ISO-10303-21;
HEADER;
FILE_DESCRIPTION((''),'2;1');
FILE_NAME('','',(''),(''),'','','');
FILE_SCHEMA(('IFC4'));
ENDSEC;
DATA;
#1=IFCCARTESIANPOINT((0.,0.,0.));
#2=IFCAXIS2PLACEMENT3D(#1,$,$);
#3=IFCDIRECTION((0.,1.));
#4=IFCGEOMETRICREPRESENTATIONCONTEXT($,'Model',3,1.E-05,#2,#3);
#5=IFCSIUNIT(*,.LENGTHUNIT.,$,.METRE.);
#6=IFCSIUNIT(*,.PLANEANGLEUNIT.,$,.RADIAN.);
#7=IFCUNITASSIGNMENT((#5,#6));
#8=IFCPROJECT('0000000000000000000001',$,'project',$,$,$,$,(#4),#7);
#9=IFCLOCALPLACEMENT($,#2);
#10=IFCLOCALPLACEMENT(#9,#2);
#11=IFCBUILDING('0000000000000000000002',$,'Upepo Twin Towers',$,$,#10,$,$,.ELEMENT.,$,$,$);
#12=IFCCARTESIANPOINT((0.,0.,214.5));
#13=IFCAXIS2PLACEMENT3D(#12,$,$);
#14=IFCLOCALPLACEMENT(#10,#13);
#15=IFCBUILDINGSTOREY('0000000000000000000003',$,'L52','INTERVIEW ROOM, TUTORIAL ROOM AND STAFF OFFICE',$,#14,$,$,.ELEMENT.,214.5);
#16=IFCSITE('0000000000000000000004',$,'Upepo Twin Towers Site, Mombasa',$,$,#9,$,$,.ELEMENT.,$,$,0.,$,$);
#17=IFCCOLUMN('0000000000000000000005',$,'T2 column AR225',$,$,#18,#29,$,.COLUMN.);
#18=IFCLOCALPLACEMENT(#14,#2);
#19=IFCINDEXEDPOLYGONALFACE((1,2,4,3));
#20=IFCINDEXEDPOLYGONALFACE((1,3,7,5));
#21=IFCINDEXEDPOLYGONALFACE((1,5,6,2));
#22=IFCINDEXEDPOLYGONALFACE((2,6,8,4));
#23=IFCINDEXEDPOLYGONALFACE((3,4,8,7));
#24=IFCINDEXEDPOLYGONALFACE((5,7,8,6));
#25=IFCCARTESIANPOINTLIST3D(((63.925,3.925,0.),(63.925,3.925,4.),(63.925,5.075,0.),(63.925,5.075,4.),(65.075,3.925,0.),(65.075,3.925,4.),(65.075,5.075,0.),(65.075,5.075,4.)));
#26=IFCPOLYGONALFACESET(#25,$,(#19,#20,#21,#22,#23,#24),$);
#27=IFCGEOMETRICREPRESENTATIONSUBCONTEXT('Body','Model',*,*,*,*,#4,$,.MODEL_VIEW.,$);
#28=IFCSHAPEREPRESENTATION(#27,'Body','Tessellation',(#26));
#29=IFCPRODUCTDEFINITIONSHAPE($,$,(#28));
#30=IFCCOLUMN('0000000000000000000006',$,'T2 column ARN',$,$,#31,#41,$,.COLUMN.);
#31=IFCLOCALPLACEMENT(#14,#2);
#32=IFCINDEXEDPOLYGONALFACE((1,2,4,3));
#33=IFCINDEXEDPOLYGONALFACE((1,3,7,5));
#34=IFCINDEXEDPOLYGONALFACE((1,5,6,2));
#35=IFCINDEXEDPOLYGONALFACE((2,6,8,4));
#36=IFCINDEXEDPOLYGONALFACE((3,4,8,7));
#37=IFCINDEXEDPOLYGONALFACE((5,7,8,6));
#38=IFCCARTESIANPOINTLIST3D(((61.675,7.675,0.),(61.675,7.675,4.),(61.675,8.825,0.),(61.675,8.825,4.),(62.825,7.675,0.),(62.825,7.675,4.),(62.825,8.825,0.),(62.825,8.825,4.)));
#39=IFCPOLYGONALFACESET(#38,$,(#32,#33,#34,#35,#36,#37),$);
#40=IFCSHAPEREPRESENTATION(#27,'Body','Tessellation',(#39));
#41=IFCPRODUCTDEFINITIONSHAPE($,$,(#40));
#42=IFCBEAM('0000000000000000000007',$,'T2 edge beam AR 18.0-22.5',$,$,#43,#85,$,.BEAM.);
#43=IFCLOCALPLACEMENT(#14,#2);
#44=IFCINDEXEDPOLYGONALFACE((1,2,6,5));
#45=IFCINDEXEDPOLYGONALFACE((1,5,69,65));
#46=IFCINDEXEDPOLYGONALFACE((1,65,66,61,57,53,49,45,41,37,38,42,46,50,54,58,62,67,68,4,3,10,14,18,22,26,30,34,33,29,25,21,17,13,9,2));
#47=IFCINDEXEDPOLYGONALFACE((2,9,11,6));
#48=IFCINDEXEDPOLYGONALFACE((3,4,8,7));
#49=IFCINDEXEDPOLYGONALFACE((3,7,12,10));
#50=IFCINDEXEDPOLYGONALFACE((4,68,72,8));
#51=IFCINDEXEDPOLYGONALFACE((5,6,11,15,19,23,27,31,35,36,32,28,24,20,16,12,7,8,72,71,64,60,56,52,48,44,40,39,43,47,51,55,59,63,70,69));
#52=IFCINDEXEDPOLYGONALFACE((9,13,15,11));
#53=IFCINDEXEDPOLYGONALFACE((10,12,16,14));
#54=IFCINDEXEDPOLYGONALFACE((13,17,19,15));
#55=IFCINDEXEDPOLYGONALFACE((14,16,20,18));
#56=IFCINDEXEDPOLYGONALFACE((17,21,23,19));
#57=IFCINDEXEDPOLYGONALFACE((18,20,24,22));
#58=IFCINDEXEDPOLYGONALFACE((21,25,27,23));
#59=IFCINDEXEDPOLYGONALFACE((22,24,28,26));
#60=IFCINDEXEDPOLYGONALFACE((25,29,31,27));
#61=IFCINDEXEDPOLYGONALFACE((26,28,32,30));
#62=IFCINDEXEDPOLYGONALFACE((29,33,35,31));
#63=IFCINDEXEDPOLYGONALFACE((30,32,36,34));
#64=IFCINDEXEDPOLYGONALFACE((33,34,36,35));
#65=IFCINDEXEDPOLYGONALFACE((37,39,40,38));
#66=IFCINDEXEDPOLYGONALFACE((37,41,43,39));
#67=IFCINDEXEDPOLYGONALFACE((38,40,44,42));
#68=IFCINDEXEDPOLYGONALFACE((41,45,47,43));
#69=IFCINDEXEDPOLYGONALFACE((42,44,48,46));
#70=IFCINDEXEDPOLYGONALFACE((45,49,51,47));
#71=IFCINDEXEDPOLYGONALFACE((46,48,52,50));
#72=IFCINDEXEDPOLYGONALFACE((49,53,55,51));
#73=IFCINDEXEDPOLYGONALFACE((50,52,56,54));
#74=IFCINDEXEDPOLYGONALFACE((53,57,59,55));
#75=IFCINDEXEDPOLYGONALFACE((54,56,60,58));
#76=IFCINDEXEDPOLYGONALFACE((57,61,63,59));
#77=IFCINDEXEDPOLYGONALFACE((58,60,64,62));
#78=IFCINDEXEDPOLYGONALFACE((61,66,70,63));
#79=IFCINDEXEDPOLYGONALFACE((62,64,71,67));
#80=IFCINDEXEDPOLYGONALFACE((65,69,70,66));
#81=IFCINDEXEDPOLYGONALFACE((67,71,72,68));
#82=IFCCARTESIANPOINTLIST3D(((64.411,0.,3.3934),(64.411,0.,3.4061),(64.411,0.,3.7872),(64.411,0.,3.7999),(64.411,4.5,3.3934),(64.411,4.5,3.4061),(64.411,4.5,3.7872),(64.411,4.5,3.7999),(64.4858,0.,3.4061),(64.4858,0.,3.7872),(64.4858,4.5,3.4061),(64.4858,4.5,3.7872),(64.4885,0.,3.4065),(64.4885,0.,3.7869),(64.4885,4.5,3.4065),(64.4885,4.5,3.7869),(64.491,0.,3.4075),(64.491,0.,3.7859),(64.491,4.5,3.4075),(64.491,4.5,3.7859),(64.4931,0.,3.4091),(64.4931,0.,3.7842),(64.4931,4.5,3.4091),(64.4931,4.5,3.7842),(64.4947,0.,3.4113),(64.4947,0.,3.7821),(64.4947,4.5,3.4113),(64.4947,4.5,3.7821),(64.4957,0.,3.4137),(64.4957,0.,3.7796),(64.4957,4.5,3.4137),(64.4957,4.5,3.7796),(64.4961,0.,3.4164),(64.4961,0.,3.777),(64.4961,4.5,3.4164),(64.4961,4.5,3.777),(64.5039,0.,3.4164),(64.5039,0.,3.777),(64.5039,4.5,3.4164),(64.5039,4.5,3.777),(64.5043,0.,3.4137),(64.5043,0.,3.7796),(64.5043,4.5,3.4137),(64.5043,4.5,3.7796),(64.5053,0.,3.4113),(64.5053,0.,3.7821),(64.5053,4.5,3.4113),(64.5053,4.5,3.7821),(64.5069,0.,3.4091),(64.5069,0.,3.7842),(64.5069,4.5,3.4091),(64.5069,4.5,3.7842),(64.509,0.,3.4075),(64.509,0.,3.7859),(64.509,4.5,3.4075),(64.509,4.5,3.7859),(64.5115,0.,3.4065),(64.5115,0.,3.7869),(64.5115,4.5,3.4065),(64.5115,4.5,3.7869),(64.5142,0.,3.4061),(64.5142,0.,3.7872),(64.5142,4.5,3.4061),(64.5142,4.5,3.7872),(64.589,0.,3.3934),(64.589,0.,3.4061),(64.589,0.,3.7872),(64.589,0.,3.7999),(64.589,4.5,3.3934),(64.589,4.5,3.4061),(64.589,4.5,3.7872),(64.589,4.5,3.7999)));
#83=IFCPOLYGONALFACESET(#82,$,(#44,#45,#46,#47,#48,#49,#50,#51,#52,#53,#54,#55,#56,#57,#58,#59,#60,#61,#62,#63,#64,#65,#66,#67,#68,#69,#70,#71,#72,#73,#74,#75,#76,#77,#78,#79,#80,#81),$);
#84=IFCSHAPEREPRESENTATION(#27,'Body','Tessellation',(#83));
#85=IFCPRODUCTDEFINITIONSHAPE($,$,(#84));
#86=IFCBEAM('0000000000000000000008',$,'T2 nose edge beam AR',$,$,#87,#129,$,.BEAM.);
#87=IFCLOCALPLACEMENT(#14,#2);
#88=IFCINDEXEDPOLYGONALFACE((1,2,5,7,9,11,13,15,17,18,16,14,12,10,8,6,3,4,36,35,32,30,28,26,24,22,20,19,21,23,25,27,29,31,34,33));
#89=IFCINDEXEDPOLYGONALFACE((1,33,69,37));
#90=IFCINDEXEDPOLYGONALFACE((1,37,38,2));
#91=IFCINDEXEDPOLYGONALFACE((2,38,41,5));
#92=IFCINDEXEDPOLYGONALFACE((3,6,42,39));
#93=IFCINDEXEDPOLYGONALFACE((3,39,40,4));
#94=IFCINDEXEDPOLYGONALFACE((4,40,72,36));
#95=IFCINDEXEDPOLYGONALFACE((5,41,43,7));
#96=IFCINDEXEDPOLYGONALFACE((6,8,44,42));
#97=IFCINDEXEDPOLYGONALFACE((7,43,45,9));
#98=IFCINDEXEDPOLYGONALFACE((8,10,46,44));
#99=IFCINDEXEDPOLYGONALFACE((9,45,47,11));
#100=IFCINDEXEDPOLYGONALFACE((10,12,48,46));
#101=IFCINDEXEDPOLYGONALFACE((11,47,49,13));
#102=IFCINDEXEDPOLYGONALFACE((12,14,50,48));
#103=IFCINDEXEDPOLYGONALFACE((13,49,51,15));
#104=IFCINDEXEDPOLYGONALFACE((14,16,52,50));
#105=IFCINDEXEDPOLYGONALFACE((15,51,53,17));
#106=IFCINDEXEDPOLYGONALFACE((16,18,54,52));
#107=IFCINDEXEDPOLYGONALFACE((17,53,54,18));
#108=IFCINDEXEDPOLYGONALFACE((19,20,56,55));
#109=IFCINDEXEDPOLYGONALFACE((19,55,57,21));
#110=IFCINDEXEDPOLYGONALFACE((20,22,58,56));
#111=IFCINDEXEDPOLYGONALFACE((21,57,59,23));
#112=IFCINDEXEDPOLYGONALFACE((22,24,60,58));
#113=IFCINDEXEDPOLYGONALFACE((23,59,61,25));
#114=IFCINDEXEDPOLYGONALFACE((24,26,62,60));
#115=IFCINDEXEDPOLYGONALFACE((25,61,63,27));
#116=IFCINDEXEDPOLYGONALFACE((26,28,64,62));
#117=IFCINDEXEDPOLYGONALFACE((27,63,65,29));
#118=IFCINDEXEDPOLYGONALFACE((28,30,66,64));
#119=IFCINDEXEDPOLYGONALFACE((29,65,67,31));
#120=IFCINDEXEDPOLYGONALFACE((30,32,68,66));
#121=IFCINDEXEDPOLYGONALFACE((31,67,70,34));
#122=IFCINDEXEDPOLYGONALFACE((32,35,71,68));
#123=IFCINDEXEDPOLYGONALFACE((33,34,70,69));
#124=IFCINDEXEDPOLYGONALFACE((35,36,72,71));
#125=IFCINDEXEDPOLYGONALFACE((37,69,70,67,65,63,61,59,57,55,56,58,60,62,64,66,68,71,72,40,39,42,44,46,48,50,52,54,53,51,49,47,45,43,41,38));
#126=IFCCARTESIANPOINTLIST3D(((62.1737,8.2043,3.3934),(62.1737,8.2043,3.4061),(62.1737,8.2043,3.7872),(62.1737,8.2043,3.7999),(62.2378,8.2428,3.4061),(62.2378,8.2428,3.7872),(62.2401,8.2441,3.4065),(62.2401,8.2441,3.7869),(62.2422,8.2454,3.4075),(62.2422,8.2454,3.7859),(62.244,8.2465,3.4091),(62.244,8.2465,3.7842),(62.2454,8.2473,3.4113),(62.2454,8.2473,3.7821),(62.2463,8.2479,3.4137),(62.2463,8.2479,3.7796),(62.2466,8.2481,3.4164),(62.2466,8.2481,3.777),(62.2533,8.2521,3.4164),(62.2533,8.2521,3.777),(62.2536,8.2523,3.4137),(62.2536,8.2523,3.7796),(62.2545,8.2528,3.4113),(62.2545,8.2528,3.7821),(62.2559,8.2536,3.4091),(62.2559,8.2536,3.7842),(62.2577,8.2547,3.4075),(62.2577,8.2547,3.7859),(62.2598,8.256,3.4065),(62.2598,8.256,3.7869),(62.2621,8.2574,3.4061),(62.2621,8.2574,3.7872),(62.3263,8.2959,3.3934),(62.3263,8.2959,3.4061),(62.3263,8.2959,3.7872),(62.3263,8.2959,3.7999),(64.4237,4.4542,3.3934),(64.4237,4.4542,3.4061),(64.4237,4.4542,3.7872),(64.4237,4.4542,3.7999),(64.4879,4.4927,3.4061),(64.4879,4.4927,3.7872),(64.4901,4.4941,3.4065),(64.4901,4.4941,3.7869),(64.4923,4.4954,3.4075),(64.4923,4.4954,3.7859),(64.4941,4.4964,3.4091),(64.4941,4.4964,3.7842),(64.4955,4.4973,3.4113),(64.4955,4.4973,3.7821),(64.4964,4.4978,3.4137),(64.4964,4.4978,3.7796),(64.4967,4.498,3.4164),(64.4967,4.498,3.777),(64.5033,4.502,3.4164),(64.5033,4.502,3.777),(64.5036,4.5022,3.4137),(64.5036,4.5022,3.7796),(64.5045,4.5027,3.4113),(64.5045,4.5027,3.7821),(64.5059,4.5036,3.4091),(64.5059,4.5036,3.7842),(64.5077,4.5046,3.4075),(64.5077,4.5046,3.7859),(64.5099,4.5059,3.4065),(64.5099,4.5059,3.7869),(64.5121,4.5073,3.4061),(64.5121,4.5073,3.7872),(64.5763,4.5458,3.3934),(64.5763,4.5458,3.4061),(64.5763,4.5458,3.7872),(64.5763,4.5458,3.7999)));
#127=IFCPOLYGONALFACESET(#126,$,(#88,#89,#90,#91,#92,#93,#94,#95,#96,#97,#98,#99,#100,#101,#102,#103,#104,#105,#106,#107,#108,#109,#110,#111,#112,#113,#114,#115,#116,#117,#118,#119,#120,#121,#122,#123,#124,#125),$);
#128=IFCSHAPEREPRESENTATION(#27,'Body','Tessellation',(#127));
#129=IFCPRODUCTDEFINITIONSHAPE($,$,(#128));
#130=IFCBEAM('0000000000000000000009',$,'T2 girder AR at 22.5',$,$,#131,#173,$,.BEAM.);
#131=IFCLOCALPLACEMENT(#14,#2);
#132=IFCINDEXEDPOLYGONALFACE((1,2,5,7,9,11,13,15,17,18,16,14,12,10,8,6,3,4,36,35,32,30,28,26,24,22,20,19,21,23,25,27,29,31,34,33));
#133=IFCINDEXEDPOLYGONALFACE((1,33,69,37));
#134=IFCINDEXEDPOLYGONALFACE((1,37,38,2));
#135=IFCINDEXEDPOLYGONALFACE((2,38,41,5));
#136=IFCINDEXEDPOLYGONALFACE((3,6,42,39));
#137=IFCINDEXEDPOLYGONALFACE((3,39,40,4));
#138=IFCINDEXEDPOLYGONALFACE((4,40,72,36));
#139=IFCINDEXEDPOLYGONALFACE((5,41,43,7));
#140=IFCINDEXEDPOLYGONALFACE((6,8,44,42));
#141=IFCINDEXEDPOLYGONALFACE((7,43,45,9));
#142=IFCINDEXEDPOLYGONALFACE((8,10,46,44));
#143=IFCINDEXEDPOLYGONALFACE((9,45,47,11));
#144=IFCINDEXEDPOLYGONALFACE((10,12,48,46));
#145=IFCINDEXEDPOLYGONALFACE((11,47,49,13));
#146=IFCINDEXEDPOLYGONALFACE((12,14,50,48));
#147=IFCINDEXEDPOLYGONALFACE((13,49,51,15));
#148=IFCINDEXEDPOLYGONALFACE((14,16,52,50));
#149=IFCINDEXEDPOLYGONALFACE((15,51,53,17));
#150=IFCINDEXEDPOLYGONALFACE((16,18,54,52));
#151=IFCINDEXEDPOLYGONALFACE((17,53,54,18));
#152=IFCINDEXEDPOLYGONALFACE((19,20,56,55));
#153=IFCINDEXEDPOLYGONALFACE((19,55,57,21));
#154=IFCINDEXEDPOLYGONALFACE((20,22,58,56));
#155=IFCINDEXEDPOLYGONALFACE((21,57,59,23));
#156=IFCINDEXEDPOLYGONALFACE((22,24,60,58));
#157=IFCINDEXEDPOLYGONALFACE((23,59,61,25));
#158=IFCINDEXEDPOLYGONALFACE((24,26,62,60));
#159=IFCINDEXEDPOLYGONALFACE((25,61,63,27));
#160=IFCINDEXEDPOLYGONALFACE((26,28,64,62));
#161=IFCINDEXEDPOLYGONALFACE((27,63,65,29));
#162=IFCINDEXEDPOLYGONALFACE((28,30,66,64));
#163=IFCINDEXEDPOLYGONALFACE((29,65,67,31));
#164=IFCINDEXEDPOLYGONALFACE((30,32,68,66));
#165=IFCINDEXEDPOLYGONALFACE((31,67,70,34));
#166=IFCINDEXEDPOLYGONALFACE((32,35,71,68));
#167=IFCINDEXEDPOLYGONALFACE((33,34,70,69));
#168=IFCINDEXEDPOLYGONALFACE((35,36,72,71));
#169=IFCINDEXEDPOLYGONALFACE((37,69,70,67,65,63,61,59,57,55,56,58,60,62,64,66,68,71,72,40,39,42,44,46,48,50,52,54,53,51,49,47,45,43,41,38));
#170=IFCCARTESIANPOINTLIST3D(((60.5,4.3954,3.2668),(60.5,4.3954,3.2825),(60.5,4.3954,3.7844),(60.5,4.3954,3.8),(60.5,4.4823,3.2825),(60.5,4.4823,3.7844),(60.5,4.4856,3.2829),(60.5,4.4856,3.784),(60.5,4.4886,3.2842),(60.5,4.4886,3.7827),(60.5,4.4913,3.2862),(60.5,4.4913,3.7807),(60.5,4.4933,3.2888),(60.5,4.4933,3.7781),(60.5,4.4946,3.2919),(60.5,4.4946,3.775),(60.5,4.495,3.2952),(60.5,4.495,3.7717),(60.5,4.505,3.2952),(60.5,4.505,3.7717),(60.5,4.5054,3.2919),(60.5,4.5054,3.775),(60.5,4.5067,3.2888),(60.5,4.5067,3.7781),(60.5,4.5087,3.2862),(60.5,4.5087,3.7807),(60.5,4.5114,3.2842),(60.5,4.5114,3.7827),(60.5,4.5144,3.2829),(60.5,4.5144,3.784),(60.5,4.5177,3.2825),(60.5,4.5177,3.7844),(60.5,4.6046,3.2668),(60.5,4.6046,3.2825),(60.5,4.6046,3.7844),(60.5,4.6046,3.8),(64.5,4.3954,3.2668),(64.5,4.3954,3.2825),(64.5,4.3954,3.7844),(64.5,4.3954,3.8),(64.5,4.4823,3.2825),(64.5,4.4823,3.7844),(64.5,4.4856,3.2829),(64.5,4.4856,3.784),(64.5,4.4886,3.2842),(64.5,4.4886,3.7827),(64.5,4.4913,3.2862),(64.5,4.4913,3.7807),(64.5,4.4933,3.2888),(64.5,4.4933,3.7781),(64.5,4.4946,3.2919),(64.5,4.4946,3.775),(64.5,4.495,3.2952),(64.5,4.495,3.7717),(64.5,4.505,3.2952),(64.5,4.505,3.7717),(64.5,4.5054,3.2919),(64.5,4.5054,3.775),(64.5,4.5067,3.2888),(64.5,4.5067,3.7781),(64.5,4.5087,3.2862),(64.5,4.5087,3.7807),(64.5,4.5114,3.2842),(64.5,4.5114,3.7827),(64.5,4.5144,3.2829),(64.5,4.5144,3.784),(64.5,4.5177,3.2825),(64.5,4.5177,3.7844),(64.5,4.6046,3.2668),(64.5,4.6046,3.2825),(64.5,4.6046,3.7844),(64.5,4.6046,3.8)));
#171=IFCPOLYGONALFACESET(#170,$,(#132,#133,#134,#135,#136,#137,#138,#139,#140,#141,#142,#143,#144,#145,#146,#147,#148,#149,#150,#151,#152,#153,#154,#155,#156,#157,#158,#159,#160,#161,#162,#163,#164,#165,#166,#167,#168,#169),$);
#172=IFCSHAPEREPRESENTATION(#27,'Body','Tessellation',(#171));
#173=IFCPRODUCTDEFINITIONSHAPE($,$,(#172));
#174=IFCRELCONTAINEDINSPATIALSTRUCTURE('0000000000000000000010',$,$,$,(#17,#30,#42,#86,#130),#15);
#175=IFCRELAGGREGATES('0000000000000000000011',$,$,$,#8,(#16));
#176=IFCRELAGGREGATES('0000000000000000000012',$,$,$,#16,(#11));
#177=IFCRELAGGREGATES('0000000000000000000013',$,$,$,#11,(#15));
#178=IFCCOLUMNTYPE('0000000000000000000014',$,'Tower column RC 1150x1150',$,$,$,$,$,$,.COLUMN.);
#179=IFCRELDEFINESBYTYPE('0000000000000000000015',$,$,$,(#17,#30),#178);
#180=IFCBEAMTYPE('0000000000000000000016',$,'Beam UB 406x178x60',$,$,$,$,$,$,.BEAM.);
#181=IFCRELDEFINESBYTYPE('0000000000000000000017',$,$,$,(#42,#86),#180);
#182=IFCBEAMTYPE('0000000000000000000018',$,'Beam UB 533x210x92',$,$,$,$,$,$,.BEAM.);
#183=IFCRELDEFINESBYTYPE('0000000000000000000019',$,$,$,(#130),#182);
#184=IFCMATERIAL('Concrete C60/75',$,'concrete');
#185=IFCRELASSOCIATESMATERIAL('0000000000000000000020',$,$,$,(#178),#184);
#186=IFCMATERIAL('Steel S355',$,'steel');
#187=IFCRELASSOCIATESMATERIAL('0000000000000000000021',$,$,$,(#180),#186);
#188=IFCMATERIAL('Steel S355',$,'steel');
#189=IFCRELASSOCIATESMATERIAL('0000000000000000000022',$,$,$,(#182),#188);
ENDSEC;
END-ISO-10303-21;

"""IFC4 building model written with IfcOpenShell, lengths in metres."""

from ifc_helpers import new_model, si_unit, direction, frame, origin, origin_2d, place, context, subcontext, project, spatial, rectangle, i_section, extrude, material, material_profile, profile_set, type_object, element, save


model = new_model("IFC4")

# Units and contexts
model_context = context("Model", 3, precision=1e-05, world=origin(), true_north=direction((0.0, 1.0)))
body_context = subcontext(model_context, "Body", "Model", "MODEL_VIEW")
ifc_project = project(units=[si_unit("LENGTHUNIT", "METRE"), si_unit("PLANEANGLEUNIT", "RADIAN")], contexts=[model_context])

# Site, building, storey
site_placement = place(None, origin())
site = spatial("IfcSite", under=ifc_project, at=site_placement, Name="Upepo Twin Towers Site, Mombasa", CompositionType="ELEMENT", RefElevation=0.0)
building_placement = place(site_placement, origin())
building = spatial("IfcBuilding", under=site, at=building_placement, Name="Upepo Twin Towers", CompositionType="ELEMENT")
storey_placement = place(building_placement, frame((0.0, 0.0, 214.5)))
storey = spatial("IfcBuildingStorey", under=building, at=storey_placement, Name="L52", Description="INTERVIEW ROOM, TUTORIAL ROOM AND STAFF OFFICE", CompositionType="ELEMENT", Elevation=214.5)

# Columns
ifc_material_1 = material(Name="Concrete C60/75", Category="concrete")
ifc_material_profile_1 = material_profile(ifc_material_1, rectangle(XDim=1.1499, YDim=1.1499, at=origin_2d()), Name="RC 1150x1150")
ifc_profile_set_1 = profile_set([ifc_material_profile_1], Name="Concrete C60/75")
column_type = type_object("IfcColumnType", Name="Tower column RC 1150x1150", PredefinedType="COLUMN", material=ifc_profile_set_1)
for number, where, z_axis, x_axis, name in (
    (1, (64.5, 4.5, 0.0), (0.0, 0.0, 1.0), (1.0, 0.0, 0.0), "T2 column AR225"),
    (2, (62.25, 8.25, 0.0), (0.0, 0.0, 1.0), (1.0, 0.0, 0.0), "T2 column ARN"),
):
    element("IfcColumn", number, at=place(storey_placement, frame(where, z_axis=z_axis, x_axis=x_axis)), inside=storey, type_object=column_type, Name=name, PredefinedType="COLUMN", context=body_context, shape_type="SweptSolid", body=[
        extrude(rectangle(XDim=1.1499, YDim=1.1499, at=origin_2d()), origin(), (0.0, 0.0, 1.0), 4.0),
    ])

# Beams
ifc_material_2 = material(Name="Steel S355", Category="steel")
ifc_material_profile_2 = material_profile(ifc_material_2, i_section(OverallWidth=0.178, OverallDepth=0.4065, WebThickness=0.0078, FlangeThickness=0.0127, FilletRadius=0.0103, at=origin_2d()), Name="UB 406x178x60")
ifc_profile_set_2 = profile_set([ifc_material_profile_2], Name="Steel S355")
beam_type_1 = type_object("IfcBeamType", Name="Beam UB 406x178x60", PredefinedType="BEAM", material=ifc_profile_set_2)
beam_1_placement = place(storey_placement, frame((64.5, 0.0, 3.5967), z_axis=(0.0, 1.0, 0.0), x_axis=(-1.0, 0.0, 0.0)))
element("IfcBeam", 3, at=beam_1_placement, inside=storey, type_object=beam_type_1, Name="T2 edge beam AR 18.0-22.5", PredefinedType="BEAM", context=body_context, shape_type="SweptSolid", body=[
    extrude(i_section(OverallWidth=0.178, OverallDepth=0.4065, WebThickness=0.0078, FlangeThickness=0.0127, FilletRadius=0.0103, at=origin_2d()), origin(), (0.0, 0.0, 1.0), 4.5),
])
beam_2_placement = place(storey_placement, frame((64.5, 4.5, 3.5967), z_axis=(-0.514496, 0.857493, 0.0), x_axis=(-0.857493, -0.514496, 0.0)))
element("IfcBeam", 4, at=beam_2_placement, inside=storey, type_object=beam_type_1, Name="T2 nose edge beam AR", PredefinedType="BEAM", context=body_context, shape_type="SweptSolid", body=[
    extrude(i_section(OverallWidth=0.178, OverallDepth=0.4065, WebThickness=0.0078, FlangeThickness=0.0127, FilletRadius=0.0103, at=origin_2d()), origin(), (0.0, 0.0, 1.0), 4.3733),
])
ifc_material_3 = material(Name="Steel S355", Category="steel")
ifc_material_profile_3 = material_profile(ifc_material_3, i_section(OverallWidth=0.2092, OverallDepth=0.5332, WebThickness=0.01, FlangeThickness=0.0156, FilletRadius=0.0127, at=origin_2d()), Name="UB 533x210x92")
ifc_profile_set_3 = profile_set([ifc_material_profile_3], Name="Steel S355")
beam_type_2 = type_object("IfcBeamType", Name="Beam UB 533x210x92", PredefinedType="BEAM", material=ifc_profile_set_3)
beam_3_placement = place(storey_placement, frame((64.5, 4.5, 3.5334), z_axis=(-1.0, 0.0, 0.0), x_axis=(0.0, -1.0, 0.0)))
element("IfcBeam", 5, at=beam_3_placement, inside=storey, type_object=beam_type_2, Name="T2 girder AR at 22.5", PredefinedType="BEAM", context=body_context, shape_type="SweptSolid", body=[
    extrude(i_section(OverallWidth=0.2092, OverallDepth=0.5332, WebThickness=0.01, FlangeThickness=0.0156, FilletRadius=0.0127, at=origin_2d()), origin(), (0.0, 0.0, 1.0), 4.0),
])

save(model, "model.ifc")
